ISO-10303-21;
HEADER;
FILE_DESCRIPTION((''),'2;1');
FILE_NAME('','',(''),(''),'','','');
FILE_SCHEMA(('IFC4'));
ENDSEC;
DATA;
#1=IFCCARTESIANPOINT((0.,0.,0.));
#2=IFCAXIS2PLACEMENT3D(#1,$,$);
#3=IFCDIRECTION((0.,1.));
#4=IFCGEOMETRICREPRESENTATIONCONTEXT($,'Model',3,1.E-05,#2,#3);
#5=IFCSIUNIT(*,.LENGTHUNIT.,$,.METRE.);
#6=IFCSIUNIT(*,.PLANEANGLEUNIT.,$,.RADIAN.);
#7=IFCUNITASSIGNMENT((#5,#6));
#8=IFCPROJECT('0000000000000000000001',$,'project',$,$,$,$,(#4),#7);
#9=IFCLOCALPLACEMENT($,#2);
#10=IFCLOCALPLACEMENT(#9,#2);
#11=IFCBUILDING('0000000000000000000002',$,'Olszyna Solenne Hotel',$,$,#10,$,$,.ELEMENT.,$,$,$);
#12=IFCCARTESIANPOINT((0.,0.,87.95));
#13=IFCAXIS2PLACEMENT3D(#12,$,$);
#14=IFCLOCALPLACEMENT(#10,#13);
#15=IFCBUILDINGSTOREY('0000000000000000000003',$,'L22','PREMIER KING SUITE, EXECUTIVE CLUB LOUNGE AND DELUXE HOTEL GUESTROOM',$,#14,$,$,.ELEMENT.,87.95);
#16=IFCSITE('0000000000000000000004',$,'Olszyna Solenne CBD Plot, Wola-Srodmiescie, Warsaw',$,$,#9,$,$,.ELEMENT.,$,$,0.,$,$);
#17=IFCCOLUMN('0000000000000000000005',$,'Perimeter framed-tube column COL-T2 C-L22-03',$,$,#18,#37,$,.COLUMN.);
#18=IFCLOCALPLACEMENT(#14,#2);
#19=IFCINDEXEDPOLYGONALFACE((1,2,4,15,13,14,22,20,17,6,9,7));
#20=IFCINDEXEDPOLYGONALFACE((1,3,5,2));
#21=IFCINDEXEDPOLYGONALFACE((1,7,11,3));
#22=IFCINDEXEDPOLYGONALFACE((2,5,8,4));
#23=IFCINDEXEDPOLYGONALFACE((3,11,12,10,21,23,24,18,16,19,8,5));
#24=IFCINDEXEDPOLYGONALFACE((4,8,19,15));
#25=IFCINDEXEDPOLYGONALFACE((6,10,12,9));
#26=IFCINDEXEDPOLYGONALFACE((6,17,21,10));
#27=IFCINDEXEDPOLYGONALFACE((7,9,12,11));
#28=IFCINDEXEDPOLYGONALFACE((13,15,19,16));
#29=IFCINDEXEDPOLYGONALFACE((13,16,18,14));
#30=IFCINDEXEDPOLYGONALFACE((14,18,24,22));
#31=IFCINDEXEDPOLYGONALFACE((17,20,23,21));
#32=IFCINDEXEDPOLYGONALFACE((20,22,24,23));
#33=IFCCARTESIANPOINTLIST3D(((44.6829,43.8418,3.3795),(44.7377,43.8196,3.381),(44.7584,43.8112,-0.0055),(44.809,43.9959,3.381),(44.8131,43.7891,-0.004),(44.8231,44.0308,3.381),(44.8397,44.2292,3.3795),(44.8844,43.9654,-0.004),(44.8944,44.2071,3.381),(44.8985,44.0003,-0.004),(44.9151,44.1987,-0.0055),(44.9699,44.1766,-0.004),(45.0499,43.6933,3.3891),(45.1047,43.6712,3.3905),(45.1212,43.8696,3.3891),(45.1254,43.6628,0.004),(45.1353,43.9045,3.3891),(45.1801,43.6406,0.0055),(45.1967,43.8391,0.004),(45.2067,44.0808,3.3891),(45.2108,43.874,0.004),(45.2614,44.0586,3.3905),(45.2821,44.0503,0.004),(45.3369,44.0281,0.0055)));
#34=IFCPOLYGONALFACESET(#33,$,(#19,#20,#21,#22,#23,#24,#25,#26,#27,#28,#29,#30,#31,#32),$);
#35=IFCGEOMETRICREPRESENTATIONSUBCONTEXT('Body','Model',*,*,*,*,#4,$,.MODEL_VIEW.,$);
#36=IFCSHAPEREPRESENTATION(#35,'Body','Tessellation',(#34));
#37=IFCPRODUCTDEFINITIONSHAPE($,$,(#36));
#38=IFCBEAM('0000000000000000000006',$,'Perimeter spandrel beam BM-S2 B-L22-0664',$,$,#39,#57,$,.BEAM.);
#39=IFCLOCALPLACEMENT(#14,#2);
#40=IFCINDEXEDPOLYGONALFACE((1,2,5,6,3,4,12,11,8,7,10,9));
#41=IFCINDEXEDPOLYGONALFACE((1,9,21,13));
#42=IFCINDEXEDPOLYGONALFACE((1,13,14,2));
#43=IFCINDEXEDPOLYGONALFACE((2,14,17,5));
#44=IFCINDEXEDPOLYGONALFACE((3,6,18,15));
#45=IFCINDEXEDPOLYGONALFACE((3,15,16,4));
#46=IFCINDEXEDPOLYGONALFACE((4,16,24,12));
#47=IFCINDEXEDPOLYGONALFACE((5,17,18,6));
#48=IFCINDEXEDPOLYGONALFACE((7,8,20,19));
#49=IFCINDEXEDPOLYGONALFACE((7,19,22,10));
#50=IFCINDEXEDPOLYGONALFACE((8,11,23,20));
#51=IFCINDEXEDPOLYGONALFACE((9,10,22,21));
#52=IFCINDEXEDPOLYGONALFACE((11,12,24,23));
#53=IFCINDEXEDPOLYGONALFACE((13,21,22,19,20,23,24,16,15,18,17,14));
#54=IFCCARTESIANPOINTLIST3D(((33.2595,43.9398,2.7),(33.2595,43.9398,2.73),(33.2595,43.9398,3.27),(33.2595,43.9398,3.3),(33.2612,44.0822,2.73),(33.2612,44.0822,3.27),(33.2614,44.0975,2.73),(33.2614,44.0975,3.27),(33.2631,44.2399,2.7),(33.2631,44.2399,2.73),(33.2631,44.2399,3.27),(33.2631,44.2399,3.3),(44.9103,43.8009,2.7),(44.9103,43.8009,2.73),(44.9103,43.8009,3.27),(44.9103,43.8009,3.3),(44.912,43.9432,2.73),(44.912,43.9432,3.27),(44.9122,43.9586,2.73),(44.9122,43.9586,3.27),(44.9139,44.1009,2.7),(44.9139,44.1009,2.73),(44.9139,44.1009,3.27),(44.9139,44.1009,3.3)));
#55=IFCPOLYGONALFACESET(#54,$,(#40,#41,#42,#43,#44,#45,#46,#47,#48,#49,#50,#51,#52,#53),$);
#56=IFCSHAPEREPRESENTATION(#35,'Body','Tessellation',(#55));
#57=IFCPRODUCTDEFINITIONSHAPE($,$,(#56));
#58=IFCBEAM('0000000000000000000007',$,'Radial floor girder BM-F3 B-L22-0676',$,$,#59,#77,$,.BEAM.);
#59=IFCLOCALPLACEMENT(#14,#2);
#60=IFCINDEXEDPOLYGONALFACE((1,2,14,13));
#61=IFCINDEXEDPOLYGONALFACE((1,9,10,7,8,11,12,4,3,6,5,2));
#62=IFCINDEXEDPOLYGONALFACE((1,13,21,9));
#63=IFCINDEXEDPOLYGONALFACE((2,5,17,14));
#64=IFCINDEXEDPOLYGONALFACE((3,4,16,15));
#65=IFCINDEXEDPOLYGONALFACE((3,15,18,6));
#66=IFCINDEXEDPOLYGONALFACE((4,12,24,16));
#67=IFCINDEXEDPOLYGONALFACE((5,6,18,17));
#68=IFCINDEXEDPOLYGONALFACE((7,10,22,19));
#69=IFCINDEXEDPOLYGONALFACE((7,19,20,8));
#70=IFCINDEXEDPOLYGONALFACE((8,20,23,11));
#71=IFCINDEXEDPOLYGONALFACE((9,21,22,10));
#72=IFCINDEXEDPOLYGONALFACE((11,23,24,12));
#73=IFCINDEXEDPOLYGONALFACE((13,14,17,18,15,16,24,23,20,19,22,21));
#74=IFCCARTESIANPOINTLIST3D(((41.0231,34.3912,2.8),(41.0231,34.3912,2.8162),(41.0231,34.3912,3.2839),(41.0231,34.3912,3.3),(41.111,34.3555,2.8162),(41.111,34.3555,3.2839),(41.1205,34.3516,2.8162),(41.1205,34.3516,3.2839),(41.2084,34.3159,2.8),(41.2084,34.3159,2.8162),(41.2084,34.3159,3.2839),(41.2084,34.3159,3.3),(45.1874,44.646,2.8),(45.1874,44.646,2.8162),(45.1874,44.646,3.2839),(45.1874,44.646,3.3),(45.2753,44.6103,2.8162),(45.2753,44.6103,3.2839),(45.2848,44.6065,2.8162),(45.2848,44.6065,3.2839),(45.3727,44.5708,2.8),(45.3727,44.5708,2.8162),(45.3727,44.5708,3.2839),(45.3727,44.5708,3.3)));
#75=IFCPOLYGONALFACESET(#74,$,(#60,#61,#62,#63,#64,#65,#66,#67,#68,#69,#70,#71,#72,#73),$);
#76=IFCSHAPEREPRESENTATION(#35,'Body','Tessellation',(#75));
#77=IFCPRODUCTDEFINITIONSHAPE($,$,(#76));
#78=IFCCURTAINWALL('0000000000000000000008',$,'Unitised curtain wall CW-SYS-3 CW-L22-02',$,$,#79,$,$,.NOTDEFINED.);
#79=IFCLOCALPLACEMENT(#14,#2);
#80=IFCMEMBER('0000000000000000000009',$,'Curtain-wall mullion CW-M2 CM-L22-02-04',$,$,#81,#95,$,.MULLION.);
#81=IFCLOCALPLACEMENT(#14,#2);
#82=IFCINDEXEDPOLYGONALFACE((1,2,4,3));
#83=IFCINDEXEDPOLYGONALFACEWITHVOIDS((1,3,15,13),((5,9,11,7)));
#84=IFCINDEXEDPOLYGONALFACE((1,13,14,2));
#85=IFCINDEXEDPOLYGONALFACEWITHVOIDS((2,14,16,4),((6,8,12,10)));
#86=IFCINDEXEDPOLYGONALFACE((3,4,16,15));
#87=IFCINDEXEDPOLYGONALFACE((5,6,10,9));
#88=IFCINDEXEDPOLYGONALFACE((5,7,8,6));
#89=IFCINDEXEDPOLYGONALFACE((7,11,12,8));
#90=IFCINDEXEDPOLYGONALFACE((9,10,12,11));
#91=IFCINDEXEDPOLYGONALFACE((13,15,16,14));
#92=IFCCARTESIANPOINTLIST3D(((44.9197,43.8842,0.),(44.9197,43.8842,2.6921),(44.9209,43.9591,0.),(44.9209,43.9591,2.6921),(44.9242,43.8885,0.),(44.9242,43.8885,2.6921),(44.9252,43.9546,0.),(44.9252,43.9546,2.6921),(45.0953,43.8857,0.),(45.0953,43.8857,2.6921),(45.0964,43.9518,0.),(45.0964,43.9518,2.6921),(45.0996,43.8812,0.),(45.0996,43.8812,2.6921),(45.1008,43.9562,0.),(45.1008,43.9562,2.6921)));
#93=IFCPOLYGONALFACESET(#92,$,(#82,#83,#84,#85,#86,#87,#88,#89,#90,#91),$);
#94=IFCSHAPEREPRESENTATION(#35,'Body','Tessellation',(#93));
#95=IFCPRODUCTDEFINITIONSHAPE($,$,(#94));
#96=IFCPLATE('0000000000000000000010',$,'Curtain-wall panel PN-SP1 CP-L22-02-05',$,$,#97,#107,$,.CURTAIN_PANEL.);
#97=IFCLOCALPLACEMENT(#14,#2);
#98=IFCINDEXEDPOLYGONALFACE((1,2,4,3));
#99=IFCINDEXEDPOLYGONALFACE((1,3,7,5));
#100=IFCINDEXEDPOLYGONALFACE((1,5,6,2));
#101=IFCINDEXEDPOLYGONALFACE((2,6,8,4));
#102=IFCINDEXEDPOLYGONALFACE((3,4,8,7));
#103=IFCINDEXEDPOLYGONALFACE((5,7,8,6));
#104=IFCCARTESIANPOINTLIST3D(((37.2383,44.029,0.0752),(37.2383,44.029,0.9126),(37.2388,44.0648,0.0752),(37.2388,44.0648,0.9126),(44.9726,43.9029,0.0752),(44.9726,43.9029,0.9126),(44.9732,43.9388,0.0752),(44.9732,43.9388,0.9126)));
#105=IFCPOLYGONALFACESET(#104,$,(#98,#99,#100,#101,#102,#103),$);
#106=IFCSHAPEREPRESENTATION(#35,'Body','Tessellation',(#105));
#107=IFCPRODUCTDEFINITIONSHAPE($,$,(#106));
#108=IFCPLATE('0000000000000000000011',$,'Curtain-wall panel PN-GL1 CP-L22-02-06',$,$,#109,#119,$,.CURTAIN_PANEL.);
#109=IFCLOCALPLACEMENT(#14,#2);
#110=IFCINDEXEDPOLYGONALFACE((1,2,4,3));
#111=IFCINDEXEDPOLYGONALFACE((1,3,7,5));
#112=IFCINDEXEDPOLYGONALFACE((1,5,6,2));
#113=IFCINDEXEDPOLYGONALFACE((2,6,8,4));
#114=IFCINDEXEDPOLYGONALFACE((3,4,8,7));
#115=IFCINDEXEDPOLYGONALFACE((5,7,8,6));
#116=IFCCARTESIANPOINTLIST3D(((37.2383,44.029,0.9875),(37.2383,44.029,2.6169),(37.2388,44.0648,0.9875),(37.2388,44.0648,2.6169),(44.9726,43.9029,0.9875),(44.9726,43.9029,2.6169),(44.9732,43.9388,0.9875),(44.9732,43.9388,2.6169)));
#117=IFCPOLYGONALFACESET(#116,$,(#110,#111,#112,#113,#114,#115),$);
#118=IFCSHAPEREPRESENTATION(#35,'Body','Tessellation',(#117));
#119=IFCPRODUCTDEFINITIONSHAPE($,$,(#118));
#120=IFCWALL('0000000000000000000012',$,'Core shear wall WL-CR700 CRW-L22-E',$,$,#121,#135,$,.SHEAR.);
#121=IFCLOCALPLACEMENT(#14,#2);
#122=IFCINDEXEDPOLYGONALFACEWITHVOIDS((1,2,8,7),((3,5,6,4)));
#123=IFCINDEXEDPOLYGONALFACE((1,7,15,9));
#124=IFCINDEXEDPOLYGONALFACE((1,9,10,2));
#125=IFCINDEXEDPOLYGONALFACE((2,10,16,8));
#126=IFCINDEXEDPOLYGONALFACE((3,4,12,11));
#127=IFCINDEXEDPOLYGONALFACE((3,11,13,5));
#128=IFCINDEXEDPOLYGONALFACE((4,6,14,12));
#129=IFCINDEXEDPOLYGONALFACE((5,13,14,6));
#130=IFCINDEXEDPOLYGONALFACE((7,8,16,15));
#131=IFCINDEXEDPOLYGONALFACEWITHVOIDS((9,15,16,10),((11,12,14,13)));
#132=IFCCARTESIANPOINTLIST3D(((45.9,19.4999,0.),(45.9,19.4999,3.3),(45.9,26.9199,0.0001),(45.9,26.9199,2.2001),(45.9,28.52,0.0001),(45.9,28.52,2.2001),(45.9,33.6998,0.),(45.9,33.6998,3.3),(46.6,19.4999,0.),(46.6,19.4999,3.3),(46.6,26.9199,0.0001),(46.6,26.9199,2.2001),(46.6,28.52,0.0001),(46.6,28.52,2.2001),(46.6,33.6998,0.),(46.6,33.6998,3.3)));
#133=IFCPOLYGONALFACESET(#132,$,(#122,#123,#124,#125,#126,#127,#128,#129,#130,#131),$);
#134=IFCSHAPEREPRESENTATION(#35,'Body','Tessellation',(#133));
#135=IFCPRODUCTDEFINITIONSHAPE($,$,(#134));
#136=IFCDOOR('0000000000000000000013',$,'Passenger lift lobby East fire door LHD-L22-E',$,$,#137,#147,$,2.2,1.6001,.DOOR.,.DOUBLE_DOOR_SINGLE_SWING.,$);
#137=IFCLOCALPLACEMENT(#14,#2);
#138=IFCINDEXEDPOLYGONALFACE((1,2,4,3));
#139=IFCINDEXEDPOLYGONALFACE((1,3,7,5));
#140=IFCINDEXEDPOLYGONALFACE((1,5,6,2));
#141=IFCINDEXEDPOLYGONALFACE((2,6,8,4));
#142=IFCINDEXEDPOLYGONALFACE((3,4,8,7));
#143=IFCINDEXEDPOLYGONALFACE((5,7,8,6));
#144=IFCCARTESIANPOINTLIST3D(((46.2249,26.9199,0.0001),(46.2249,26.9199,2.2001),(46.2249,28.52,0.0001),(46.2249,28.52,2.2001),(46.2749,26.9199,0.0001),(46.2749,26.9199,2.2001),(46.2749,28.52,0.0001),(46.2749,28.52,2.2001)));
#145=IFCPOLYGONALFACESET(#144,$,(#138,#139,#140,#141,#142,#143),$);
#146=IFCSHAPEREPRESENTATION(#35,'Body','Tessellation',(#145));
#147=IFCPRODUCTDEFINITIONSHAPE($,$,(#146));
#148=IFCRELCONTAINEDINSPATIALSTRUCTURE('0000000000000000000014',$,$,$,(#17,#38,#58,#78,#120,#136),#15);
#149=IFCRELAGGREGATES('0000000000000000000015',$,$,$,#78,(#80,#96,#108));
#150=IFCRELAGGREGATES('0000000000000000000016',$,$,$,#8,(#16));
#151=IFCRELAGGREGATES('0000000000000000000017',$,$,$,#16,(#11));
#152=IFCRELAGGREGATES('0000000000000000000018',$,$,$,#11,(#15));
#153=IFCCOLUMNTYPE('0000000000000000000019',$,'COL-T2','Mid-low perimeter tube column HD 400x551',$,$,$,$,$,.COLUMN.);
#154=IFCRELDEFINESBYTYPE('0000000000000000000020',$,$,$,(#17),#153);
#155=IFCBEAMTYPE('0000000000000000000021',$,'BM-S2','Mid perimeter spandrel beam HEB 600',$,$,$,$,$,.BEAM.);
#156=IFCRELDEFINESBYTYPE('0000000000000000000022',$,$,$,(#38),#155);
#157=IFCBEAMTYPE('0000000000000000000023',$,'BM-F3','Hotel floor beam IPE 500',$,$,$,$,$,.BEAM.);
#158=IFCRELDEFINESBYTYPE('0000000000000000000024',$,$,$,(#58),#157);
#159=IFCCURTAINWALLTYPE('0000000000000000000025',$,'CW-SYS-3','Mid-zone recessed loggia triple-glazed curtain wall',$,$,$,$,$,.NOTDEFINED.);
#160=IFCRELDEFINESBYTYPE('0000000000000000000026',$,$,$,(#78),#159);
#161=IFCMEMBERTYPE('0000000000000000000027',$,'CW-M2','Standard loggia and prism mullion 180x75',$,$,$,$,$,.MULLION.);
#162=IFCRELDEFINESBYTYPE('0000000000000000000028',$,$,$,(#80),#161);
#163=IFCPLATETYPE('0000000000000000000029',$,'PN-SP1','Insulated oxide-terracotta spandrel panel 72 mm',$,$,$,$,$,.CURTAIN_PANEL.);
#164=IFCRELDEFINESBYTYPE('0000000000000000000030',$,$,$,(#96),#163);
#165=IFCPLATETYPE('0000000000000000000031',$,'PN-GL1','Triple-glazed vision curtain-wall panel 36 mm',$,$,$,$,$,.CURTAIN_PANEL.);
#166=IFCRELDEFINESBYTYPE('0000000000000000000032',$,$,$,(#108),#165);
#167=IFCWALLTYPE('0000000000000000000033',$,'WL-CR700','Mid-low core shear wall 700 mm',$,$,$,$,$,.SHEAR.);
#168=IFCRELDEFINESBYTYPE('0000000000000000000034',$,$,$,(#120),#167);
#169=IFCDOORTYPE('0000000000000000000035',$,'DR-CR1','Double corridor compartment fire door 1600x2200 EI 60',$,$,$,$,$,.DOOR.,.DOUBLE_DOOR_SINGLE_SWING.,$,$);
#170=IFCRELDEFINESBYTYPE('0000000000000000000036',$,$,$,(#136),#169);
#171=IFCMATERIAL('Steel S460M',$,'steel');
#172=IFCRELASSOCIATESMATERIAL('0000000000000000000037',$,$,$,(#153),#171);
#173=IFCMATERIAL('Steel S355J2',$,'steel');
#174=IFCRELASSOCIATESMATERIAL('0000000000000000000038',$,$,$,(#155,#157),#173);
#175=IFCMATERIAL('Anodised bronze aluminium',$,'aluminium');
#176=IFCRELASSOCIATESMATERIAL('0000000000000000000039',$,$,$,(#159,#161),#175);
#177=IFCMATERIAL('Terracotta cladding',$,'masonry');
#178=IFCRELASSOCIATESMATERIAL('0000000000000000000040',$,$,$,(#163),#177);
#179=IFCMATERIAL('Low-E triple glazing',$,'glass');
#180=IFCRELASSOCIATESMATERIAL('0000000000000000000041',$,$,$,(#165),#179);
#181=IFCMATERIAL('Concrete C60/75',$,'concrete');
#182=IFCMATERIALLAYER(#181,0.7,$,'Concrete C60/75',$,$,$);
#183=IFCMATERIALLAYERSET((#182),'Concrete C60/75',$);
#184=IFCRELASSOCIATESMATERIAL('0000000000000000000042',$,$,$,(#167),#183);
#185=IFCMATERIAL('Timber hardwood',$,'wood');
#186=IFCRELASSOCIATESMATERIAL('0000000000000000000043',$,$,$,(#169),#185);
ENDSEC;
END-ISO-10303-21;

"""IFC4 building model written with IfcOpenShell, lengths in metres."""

from ifc_helpers import new_model, si_unit, direction, frame, frame_2d, origin, origin_2d, place, context, subcontext, project, spatial, rectangle, hollow_rectangle, i_section, extrude, source, transform, mapped, material, layer, layer_set, material_profile, profile_set, type_object, type_shapes, element, fill, aggregate, save


model = new_model("IFC4")

# Units and contexts
model_context = context("Model", 3, precision=1e-05, world=origin(), true_north=direction((0.0, 1.0)))
body_context = subcontext(model_context, "Body", "Model", "MODEL_VIEW")
ifc_project = project(units=[si_unit("LENGTHUNIT", "METRE"), si_unit("PLANEANGLEUNIT", "RADIAN")], contexts=[model_context])

# Site, building, storey
site_placement = place(None, origin())
site = spatial("IfcSite", under=ifc_project, at=site_placement, Name="Olszyna Solenne CBD Plot, Wola-Srodmiescie, Warsaw", CompositionType="ELEMENT", RefElevation=0.0)
building_placement = place(site_placement, origin())
building = spatial("IfcBuilding", under=site, at=building_placement, Name="Olszyna Solenne Hotel", CompositionType="ELEMENT")
storey_placement = place(building_placement, frame((0.0, 0.0, 87.95)))
storey = spatial("IfcBuildingStorey", under=building, at=storey_placement, Name="L22", Description="PREMIER KING SUITE, EXECUTIVE CLUB LOUNGE AND DELUXE HOTEL GUESTROOM", CompositionType="ELEMENT", Elevation=87.95)

# Column
ifc_material_1 = material(Name="Steel S460M", Category="steel")
ifc_material_profile_1 = material_profile(ifc_material_1, i_section(OverallWidth=0.418, OverallDepth=0.4551, WebThickness=0.0376, FlangeThickness=0.0591, at=origin_2d()), Name="HD 400x551", Category="load-bearing")
ifc_profile_set_1 = profile_set([ifc_material_profile_1], Name="Steel S460M")
column_type = type_object("IfcColumnType", Name="COL-T2", Description="Mid-low perimeter tube column HD 400x551", PredefinedType="COLUMN", material=ifc_profile_set_1)
shared_shape_1 = source(origin(), body_context, "Body", "SweptSolid", [
    extrude(i_section(OverallWidth=0.418, OverallDepth=0.4551, WebThickness=0.0376, FlangeThickness=0.0591, at=origin_2d()), origin(), (0.0, 0.0, 1.0), 3.386),
])
column_placement = place(storey_placement, frame((45.0476, 43.9197, 0.0), z_axis=(-0.02228, 0.009013, 0.999711), x_axis=(-0.375009, -0.927021, 0.0)))
element("IfcColumn", 1, at=column_placement, inside=storey, type_object=column_type, Name="Perimeter framed-tube column COL-T2 C-L22-03", PredefinedType="COLUMN", context=body_context, shape_type="MappedRepresentation", body=[
    mapped(shared_shape_1, transform((0.0, 0.0, 0.0), x_axis=(1.0, 0.0, 0.0), y_axis=(0.0, 1.0, 0.0), z_axis=(0.0, 0.0, 1.0), scale=1.0)),
])

# Beams
ifc_material_2 = material(Name="Steel S355J2", Category="steel")
ifc_material_profile_2 = material_profile(ifc_material_2, i_section(OverallWidth=0.3, OverallDepth=0.6001, WebThickness=0.0154, FlangeThickness=0.03, at=origin_2d()), Name="HEB 600", Category="load-bearing")
ifc_profile_set_2 = profile_set([ifc_material_profile_2], Name="Steel S355J2")
beam_type_1 = type_object("IfcBeamType", Name="BM-S2", Description="Mid perimeter spandrel beam HEB 600", PredefinedType="BEAM", material=ifc_profile_set_2)
shared_shape_2 = source(origin(), body_context, "Body", "SweptSolid", [
    extrude(i_section(OverallWidth=0.3, OverallDepth=0.6001, WebThickness=0.0154, FlangeThickness=0.03, at=origin_2d()), origin(), (0.0, 0.0, 1.0), 11.6516),
])
beam_1_placement = place(storey_placement, frame((44.9121, 43.9509, 3.0), z_axis=(-0.999929, 0.011922, 0.0), x_axis=(-0.011922, -0.999929, 0.0)))
element("IfcBeam", 2, at=beam_1_placement, inside=storey, type_object=beam_type_1, Name="Perimeter spandrel beam BM-S2 B-L22-0664", PredefinedType="BEAM", context=body_context, shape_type="MappedRepresentation", body=[
    mapped(shared_shape_2, transform((0.0, 0.0, 0.0), x_axis=(1.0, 0.0, 0.0), y_axis=(0.0, 1.0, 0.0), z_axis=(0.0, 0.0, 1.0), scale=1.0)),
])
ifc_material_profile_3 = material_profile(ifc_material_2, i_section(OverallWidth=0.2, OverallDepth=0.5, WebThickness=0.0103, FlangeThickness=0.0161, at=origin_2d()), Name="IPE 500", Category="load-bearing")
ifc_profile_set_3 = profile_set([ifc_material_profile_3], Name="Steel S355J2")
beam_type_2 = type_object("IfcBeamType", Name="BM-F3", Description="Hotel floor beam IPE 500", PredefinedType="BEAM", material=ifc_profile_set_3)
shared_shape_3 = source(origin(), body_context, "Body", "SweptSolid", [
    extrude(i_section(OverallWidth=0.2, OverallDepth=0.5, WebThickness=0.0103, FlangeThickness=0.0161, at=origin_2d()), origin(), (0.0, 0.0, 1.0), 11.0681),
])
beam_2_placement = place(storey_placement, frame((45.28, 44.6084, 3.05), z_axis=(-0.376242, -0.926521, 0.0), x_axis=(0.926521, -0.376242, 0.0)))
element("IfcBeam", 3, at=beam_2_placement, inside=storey, type_object=beam_type_2, Name="Radial floor girder BM-F3 B-L22-0676", PredefinedType="BEAM", context=body_context, shape_type="MappedRepresentation", body=[
    mapped(shared_shape_3, transform((0.0, 0.0, 0.0), x_axis=(1.0, 0.0, 0.0), y_axis=(0.0, 1.0, 0.0), z_axis=(0.0, 0.0, 1.0), scale=1.0)),
])

# Curtain wall, member, plates
ifc_material_3 = material(Name="Anodised bronze aluminium", Category="aluminium")
curtain_wall_type = type_object("IfcCurtainWallType", Name="CW-SYS-3", Description="Mid-zone recessed loggia triple-glazed curtain wall", PredefinedType="NOTDEFINED", material=ifc_material_3)
curtain_wall_placement = place(storey_placement, origin())
curtain_wall = element("IfcCurtainWall", 4, at=curtain_wall_placement, inside=storey, type_object=curtain_wall_type, Name="Unitised curtain wall CW-SYS-3 CW-L22-02", PredefinedType="NOTDEFINED")
ifc_material_profile_4 = material_profile(ifc_material_3, hollow_rectangle(XDim=0.075, YDim=0.1799, WallThickness=0.0044, at=origin_2d()), Name="MULL 180x75x4.5", Category="load-bearing")
ifc_profile_set_4 = profile_set([ifc_material_profile_4], Name="Anodised bronze aluminium")
member_type = type_object("IfcMemberType", Name="CW-M2", Description="Standard loggia and prism mullion 180x75", PredefinedType="MULLION", material=ifc_profile_set_4)
shared_shape_4 = source(origin(), body_context, "Body", "SweptSolid", [
    extrude(hollow_rectangle(XDim=0.075, YDim=0.1799, WallThickness=0.0044, at=origin_2d()), origin(), (0.0, 0.0, 1.0), 2.6921),
])
member_placement = place(storey_placement, frame((45.0103, 43.9202, 0.0), z_axis=(0.0, 0.0, 1.0), x_axis=(0.016293, 0.999867, 0.0)))
member = element("IfcMember", 5, at=member_placement, type_object=member_type, Name="Curtain-wall mullion CW-M2 CM-L22-02-04", PredefinedType="MULLION", context=body_context, shape_type="MappedRepresentation", body=[
    mapped(shared_shape_4, transform((0.0, 0.0, 0.0), x_axis=(1.0, 0.0, 0.0), y_axis=(0.0, 1.0, 0.0), z_axis=(0.0, 0.0, 1.0), scale=1.0)),
])
ifc_material_4 = material(Name="Terracotta cladding", Category="masonry")
plate_type_1 = type_object("IfcPlateType", Name="PN-SP1", Description="Insulated oxide-terracotta spandrel panel 72 mm", PredefinedType="CURTAIN_PANEL", material=ifc_material_4)
shared_shape_5 = source(origin(), body_context, "Body", "SweptSolid", [
    extrude(rectangle(XDim=7.7354, YDim=0.0359, at=origin_2d()), origin(), (0.0, 0.0, 1.0), 0.8374),
])
plate_1_placement = place(storey_placement, frame((41.1057, 43.9839, 0.0752), z_axis=(0.0, 0.0, 1.0), x_axis=(0.999867, -0.016293, 0.0)))
plate_1 = element("IfcPlate", 6, at=plate_1_placement, type_object=plate_type_1, Name="Curtain-wall panel PN-SP1 CP-L22-02-05", PredefinedType="CURTAIN_PANEL", context=body_context, shape_type="MappedRepresentation", body=[
    mapped(shared_shape_5, transform((0.0, 0.0, 0.0), x_axis=(1.0, 0.0, 0.0), y_axis=(0.0, 1.0, 0.0), z_axis=(0.0, 0.0, 1.0), scale=1.0)),
])
ifc_material_5 = material(Name="Low-E triple glazing", Category="glass")
plate_type_2 = type_object("IfcPlateType", Name="PN-GL1", Description="Triple-glazed vision curtain-wall panel 36 mm", PredefinedType="CURTAIN_PANEL", material=ifc_material_5)
shared_shape_6 = source(origin(), body_context, "Body", "SweptSolid", [
    extrude(rectangle(XDim=7.7354, YDim=0.0359, at=origin_2d()), origin(), (0.0, 0.0, 1.0), 1.6294),
])
plate_2_placement = place(storey_placement, frame((41.1057, 43.9839, 0.9875), z_axis=(0.0, 0.0, 1.0), x_axis=(0.999867, -0.016293, 0.0)))
plate_2 = element("IfcPlate", 7, at=plate_2_placement, type_object=plate_type_2, Name="Curtain-wall panel PN-GL1 CP-L22-02-06", PredefinedType="CURTAIN_PANEL", context=body_context, shape_type="MappedRepresentation", body=[
    mapped(shared_shape_6, transform((0.0, 0.0, 0.0), x_axis=(1.0, 0.0, 0.0), y_axis=(0.0, 1.0, 0.0), z_axis=(0.0, 0.0, 1.0), scale=1.0)),
])
aggregate(curtain_wall, [member, plate_1, plate_2])

# Wall, opening, door
ifc_material_6 = material(Name="Concrete C60/75", Category="concrete")
ifc_layer_1 = layer(ifc_material_6, 0.7, Name="Concrete C60/75")
ifc_layer_set_1 = layer_set([ifc_layer_1], Name="Concrete C60/75")
wall_type_1 = type_object("IfcWallType", Name="WL-CR700", Description="Mid-low core shear wall 700 mm", PredefinedType="SHEAR", material=ifc_layer_set_1)
wall_1_placement = place(storey_placement, frame((46.25, 33.7, 0.0), z_axis=(0.0, 0.0, 1.0), x_axis=(0.0, -1.0, 0.0)))
wall_1 = element("IfcWall", 8, at=wall_1_placement, inside=storey, type_object=wall_type_1, Name="Core shear wall WL-CR700 CRW-L22-E", PredefinedType="SHEAR", context=body_context, shape_type="SweptSolid", body=[
    extrude(rectangle(XDim=14.2, YDim=0.7, at=frame_2d((7.1001, 0.0))), origin(), (0.0, 0.0, 1.0), 3.3),
])
opening_1_placement = place(wall_1_placement, frame((5.1799, 0.0, 0.0)))
opening_1 = element("IfcOpeningElement", 9, at=opening_1_placement, cuts=wall_1, PredefinedType="OPENING", context=body_context, shape_type="SweptSolid", body=[
    extrude(rectangle(XDim=1.6001, YDim=2.2, at=frame_2d((0.8, 1.1001))), frame((0.0, 0.3599, 0.0), z_axis=(0.0, -1.0, 0.0), x_axis=(1.0, 0.0, 0.0)), (0.0, 0.0, 1.0), 0.72),
])
ifc_material_7 = material(Name="Timber hardwood", Category="wood")
door_type_1 = type_object("IfcDoorType", Name="DR-CR1", Description="Double corridor compartment fire door 1600x2200 EI 60", OperationType="DOUBLE_DOOR_SINGLE_SWING", PredefinedType="DOOR", material=ifc_material_7)
shared_shape_7 = source(origin(), body_context, "Body", "SweptSolid", [
    extrude(rectangle(XDim=1.6001, YDim=2.2, at=frame_2d((0.8, 1.1001))), frame((0.0, 0.0249, 0.0), z_axis=(0.0, -1.0, 0.0), x_axis=(1.0, 0.0, 0.0)), (0.0, 0.0, 1.0), 0.05),
])
type_shapes(door_type_1, [shared_shape_7])
door_1_placement = place(opening_1_placement, origin())
door_1 = element("IfcDoor", 10, at=door_1_placement, inside=storey, type_object=door_type_1, Name="Passenger lift lobby East fire door LHD-L22-E", OperationType="DOUBLE_DOOR_SINGLE_SWING", OverallHeight=2.2, OverallWidth=1.6001, PredefinedType="DOOR", context=body_context, shape_type="MappedRepresentation", body=[
    mapped(shared_shape_7, transform((0.0, 0.0, 0.0), x_axis=(1.0, 0.0, 0.0), y_axis=(0.0, 1.0, 0.0), z_axis=(0.0, 0.0, 1.0), scale=1.0)),
])
fill(opening_1, door_1)

save(model, "model.ifc")
